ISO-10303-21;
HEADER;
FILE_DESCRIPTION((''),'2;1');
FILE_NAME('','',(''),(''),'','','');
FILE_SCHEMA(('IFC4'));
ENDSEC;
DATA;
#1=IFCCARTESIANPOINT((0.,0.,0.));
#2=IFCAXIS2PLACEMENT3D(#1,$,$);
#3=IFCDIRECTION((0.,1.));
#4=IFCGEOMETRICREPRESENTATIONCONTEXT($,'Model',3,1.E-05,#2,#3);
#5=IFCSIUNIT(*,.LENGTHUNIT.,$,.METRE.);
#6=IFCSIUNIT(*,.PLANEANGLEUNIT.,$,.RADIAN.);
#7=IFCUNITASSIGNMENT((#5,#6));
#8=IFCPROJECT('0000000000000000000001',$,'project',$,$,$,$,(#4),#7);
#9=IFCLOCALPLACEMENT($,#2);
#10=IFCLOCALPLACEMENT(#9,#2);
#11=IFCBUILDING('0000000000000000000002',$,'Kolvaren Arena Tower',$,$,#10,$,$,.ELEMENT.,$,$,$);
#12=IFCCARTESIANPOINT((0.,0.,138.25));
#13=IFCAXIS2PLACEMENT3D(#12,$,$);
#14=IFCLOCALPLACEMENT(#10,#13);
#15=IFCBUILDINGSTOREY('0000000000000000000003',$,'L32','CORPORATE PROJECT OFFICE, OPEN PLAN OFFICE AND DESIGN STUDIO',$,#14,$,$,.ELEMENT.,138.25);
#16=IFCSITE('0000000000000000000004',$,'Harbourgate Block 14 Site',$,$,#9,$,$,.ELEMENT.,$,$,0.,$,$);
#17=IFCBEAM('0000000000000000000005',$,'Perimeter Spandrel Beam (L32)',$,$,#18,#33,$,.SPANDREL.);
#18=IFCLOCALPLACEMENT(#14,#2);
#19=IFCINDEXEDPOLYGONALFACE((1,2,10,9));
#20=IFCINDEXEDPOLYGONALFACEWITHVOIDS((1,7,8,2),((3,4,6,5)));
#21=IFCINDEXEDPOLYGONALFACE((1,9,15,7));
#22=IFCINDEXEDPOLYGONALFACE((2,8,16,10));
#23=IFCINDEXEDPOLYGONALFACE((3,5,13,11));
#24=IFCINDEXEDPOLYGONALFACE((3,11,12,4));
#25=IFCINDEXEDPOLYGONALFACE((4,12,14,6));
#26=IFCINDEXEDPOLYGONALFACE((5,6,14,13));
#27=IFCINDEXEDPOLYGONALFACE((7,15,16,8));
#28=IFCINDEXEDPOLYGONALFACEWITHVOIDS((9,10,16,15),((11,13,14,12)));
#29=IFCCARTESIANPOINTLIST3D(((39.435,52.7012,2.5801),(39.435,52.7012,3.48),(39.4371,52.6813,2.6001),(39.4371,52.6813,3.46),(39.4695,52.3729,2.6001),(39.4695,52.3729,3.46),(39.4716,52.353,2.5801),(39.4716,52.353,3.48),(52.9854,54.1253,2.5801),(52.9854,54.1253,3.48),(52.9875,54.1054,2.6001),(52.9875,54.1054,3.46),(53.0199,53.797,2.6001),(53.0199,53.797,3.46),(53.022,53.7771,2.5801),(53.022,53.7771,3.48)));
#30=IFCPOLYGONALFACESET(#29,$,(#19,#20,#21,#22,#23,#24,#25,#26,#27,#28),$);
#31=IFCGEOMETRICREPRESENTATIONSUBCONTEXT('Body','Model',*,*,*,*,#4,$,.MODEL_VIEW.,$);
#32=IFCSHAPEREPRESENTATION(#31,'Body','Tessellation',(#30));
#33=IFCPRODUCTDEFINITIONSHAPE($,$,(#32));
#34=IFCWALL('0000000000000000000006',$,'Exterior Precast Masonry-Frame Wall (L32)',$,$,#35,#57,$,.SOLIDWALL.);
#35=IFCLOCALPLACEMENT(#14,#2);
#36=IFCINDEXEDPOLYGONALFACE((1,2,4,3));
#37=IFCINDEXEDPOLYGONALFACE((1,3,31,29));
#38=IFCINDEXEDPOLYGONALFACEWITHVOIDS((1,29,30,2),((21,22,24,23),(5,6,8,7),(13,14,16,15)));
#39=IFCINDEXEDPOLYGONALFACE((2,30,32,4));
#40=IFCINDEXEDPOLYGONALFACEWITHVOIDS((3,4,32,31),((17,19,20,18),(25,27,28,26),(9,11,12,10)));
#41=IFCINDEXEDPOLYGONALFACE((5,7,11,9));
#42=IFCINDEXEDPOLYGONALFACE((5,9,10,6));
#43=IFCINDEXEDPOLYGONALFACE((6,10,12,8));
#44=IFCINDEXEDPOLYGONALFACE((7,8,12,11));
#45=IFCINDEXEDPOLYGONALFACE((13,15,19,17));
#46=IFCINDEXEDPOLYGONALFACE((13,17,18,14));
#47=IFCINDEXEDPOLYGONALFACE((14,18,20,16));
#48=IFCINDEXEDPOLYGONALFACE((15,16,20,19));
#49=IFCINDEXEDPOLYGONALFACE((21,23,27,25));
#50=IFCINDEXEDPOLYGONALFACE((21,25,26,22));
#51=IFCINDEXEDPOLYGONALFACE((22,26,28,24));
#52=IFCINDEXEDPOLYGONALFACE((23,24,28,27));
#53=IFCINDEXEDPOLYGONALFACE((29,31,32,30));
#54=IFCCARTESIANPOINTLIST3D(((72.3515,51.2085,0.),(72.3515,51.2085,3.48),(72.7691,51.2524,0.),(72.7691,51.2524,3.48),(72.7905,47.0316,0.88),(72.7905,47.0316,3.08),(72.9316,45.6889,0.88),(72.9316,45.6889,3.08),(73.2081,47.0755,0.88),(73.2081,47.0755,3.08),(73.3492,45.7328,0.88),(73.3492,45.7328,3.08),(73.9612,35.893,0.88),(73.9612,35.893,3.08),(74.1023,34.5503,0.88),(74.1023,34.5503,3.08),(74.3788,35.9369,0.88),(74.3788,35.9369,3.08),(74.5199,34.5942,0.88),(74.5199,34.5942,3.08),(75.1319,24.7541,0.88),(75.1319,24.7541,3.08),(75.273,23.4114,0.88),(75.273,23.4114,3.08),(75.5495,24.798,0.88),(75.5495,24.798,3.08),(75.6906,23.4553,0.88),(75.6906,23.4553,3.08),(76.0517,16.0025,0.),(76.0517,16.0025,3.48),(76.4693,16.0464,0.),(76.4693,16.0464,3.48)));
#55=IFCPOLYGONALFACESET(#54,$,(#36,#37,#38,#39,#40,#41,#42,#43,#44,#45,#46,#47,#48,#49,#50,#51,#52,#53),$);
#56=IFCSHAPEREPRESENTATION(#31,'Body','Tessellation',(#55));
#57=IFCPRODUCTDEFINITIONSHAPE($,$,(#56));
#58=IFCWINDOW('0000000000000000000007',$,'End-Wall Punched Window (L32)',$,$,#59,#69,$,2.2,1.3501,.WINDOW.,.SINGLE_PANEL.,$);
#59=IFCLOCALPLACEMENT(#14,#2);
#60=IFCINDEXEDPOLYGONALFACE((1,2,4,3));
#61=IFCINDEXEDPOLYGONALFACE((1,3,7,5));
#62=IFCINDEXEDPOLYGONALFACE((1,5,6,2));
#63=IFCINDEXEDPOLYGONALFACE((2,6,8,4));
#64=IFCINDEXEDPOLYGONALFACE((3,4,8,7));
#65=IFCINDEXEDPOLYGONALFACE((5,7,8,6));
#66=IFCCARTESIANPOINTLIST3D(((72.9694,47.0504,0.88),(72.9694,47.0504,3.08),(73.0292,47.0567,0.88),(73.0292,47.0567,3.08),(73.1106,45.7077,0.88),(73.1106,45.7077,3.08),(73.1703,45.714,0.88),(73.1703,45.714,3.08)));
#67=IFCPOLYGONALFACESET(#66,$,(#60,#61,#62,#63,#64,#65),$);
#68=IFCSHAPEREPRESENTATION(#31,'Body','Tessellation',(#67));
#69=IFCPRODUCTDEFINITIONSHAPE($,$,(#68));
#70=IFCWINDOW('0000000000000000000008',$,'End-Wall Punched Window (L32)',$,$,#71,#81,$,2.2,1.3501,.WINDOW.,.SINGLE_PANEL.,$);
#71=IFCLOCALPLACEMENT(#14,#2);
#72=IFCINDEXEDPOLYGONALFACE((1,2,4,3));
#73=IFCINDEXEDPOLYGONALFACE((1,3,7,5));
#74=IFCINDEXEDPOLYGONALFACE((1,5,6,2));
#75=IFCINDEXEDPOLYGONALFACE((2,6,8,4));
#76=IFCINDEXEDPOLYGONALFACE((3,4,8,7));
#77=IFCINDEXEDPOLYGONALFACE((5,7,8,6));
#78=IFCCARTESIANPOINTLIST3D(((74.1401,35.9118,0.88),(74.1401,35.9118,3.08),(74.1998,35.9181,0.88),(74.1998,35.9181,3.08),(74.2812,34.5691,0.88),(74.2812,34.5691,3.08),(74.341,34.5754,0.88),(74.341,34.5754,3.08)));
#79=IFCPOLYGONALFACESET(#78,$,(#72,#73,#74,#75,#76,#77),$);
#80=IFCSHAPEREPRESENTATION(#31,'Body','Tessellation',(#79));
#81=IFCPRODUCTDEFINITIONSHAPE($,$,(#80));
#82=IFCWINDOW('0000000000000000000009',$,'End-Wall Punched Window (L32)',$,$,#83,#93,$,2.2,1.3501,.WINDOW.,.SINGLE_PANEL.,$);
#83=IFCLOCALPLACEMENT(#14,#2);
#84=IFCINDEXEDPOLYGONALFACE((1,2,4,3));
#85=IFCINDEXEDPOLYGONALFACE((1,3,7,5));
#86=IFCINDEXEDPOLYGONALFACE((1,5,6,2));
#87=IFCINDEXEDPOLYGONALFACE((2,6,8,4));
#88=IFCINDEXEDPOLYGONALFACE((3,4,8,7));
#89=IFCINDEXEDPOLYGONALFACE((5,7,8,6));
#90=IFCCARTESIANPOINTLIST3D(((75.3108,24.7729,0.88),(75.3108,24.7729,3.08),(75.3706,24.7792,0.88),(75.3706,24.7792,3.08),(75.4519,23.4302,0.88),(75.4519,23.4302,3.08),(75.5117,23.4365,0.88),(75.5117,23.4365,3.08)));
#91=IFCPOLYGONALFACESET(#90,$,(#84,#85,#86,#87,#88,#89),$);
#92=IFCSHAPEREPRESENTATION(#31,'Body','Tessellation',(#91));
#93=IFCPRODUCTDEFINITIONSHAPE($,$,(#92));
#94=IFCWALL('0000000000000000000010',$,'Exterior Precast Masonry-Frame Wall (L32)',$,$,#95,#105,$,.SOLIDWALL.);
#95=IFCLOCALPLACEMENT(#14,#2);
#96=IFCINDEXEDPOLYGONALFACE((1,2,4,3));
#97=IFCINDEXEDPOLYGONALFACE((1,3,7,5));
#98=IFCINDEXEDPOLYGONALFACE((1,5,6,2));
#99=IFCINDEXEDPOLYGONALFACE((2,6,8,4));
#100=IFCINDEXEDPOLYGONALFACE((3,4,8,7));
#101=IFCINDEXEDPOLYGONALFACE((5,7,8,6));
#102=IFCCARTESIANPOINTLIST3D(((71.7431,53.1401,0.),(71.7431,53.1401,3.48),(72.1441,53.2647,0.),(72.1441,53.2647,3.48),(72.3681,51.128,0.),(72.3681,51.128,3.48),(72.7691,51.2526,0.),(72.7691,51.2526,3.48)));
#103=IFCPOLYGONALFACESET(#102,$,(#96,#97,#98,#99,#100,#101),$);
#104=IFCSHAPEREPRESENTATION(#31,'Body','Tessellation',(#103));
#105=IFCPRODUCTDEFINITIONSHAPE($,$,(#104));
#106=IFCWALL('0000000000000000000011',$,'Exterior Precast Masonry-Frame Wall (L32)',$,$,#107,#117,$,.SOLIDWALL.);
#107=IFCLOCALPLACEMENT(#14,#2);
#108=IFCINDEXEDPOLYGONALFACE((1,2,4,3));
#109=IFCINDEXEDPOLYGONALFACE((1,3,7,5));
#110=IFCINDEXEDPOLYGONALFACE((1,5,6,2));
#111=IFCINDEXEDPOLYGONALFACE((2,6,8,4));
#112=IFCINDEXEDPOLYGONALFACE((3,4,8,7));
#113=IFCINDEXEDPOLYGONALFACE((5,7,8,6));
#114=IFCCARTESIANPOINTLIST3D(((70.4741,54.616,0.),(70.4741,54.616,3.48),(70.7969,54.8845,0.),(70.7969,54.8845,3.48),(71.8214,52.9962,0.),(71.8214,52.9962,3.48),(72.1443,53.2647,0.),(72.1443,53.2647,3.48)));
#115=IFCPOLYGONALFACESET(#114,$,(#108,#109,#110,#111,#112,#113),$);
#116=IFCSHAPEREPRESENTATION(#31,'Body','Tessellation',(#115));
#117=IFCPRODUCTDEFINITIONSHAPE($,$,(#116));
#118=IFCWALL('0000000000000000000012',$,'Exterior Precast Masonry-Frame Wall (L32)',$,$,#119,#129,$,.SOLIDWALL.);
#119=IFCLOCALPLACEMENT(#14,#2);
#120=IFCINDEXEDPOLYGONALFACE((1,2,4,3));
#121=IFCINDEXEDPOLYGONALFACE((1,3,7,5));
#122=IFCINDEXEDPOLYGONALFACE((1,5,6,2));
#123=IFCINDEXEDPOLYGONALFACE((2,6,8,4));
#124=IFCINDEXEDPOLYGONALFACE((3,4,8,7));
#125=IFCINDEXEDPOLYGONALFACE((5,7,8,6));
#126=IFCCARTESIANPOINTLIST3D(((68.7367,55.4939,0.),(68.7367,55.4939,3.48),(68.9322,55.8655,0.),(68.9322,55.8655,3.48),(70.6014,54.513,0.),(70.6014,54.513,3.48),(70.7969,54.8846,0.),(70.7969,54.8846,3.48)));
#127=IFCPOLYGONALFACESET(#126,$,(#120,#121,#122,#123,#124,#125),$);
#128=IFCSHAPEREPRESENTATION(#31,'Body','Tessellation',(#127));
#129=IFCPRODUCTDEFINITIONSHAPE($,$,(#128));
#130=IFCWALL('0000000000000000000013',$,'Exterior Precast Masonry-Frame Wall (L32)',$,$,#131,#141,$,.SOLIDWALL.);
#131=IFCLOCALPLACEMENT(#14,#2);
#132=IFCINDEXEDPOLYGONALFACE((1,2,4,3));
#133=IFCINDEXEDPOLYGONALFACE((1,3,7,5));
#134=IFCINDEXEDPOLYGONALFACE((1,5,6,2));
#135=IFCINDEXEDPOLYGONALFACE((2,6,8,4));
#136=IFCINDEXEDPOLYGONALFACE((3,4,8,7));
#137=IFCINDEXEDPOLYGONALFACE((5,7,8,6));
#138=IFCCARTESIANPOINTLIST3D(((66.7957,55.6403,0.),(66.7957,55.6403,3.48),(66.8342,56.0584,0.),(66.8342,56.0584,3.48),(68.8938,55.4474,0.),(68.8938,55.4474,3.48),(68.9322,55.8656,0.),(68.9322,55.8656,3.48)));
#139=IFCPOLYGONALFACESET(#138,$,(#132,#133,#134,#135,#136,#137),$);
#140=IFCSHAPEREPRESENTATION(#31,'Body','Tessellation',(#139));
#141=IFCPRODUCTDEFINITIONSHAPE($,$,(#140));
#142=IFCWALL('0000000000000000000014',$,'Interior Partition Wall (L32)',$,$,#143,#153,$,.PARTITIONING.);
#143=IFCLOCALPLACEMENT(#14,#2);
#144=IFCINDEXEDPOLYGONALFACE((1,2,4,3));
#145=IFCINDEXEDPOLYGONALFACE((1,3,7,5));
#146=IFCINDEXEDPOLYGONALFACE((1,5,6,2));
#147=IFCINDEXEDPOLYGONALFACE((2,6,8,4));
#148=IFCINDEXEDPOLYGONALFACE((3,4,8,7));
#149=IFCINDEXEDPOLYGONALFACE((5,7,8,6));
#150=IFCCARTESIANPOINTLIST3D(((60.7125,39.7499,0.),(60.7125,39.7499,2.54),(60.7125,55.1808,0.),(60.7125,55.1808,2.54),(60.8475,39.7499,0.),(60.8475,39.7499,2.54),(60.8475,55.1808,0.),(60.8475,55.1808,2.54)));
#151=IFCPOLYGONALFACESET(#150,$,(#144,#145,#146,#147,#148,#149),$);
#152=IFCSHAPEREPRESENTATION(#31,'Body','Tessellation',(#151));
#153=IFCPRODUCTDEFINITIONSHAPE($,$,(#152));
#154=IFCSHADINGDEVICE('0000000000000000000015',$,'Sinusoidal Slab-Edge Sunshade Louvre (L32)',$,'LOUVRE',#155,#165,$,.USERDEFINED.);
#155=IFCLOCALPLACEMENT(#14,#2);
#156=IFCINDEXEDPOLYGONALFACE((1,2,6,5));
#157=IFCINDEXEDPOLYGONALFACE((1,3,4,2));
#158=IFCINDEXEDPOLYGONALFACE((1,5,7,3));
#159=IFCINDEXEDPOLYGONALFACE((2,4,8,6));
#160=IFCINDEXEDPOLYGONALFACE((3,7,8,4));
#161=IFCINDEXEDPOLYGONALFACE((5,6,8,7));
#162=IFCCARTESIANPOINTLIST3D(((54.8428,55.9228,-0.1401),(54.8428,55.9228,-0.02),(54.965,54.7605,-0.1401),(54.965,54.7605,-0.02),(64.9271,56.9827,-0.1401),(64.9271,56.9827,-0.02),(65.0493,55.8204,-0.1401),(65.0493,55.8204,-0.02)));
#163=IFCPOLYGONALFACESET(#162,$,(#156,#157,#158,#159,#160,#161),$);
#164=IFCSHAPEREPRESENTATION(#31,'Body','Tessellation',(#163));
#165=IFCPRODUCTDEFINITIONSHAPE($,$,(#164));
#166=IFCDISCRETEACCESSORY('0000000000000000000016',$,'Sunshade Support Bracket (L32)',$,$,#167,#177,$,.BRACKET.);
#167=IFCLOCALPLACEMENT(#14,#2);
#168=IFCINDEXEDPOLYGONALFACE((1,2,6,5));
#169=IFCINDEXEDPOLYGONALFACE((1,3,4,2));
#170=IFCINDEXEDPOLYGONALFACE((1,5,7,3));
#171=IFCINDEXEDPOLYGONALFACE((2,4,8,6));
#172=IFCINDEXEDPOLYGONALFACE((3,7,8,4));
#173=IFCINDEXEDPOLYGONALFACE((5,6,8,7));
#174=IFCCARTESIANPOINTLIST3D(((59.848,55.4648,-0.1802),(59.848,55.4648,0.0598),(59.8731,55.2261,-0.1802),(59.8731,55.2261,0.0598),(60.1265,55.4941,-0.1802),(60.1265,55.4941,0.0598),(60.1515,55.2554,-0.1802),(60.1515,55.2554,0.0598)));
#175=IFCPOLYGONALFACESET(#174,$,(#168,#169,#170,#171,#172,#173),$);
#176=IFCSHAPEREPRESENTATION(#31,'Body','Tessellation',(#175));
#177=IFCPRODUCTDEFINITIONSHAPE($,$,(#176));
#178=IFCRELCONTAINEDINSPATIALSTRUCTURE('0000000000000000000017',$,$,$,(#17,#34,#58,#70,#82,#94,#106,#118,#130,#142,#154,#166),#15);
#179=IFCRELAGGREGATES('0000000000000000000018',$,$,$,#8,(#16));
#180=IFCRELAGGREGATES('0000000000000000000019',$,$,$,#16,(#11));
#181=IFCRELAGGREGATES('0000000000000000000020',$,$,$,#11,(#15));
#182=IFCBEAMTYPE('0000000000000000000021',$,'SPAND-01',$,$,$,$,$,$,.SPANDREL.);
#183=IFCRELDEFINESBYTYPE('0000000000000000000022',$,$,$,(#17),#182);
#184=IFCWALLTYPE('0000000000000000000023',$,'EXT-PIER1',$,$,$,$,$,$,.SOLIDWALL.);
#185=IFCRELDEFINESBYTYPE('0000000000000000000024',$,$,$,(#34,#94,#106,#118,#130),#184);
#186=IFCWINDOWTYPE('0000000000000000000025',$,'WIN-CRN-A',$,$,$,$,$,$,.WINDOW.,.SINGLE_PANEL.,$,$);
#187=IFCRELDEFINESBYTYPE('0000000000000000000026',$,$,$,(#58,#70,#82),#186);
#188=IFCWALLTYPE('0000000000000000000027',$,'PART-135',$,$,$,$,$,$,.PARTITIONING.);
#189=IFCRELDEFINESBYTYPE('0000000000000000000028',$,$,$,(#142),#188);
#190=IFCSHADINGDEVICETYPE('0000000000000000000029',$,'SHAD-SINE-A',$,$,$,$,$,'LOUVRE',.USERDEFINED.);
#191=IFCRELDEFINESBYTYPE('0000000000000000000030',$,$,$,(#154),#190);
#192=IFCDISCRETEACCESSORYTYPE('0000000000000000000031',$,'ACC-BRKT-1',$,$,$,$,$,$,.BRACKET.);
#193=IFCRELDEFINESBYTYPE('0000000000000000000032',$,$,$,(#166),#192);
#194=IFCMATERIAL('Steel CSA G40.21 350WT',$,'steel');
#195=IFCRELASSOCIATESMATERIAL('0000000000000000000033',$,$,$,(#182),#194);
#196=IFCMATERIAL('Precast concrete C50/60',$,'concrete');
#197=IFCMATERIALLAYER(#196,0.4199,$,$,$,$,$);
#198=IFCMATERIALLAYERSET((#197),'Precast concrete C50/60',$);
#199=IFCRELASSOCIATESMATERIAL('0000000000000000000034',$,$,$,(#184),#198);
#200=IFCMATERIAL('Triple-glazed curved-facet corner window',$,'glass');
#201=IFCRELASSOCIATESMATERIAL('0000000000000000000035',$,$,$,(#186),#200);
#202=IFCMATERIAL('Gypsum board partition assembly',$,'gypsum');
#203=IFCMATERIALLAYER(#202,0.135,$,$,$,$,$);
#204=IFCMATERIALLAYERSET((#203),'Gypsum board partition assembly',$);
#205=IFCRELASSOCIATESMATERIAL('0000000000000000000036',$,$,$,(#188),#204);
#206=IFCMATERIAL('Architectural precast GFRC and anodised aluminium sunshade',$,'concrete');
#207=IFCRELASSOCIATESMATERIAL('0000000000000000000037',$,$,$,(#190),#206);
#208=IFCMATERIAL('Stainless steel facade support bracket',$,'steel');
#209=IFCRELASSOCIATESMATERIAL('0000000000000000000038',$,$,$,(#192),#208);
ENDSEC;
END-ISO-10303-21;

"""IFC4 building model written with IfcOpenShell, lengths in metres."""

from ifc_helpers import new_model, si_unit, direction, frame, frame_2d, origin, origin_2d, place, context, subcontext, project, spatial, rectangle, hollow_rectangle, extrude, material, layer, layer_set, material_profile, profile_set, type_object, element, fill, save


model = new_model("IFC4")

# Units and contexts
model_context = context("Model", 3, precision=1e-05, world=origin(), true_north=direction((0.0, 1.0)))
body_context = subcontext(model_context, "Body", "Model", "MODEL_VIEW")
ifc_project = project(units=[si_unit("LENGTHUNIT", "METRE"), si_unit("PLANEANGLEUNIT", "RADIAN")], contexts=[model_context])

# Site, building, storey
site_placement = place(None, origin())
site = spatial("IfcSite", under=ifc_project, at=site_placement, Name="Harbourgate Block 14 Site", CompositionType="ELEMENT", RefElevation=0.0)
building_placement = place(site_placement, origin())
building = spatial("IfcBuilding", under=site, at=building_placement, Name="Kolvaren Arena Tower", CompositionType="ELEMENT")
storey_placement = place(building_placement, frame((0.0, 0.0, 138.25)))
storey = spatial("IfcBuildingStorey", under=building, at=storey_placement, Name="L32", Description="CORPORATE PROJECT OFFICE, OPEN PLAN OFFICE AND DESIGN STUDIO", CompositionType="ELEMENT", Elevation=138.25)

# Beam
ifc_material_1 = material(Name="Steel CSA G40.21 350WT", Category="steel")
ifc_material_profile_1 = material_profile(ifc_material_1, hollow_rectangle(XDim=0.3501, YDim=0.8999, WallThickness=0.02, at=origin_2d()), Name="HSS 900x350x20")
ifc_profile_set_1 = profile_set([ifc_material_profile_1], Name="Steel CSA G40.21 350WT")
beam_type_1 = type_object("IfcBeamType", Name="SPAND-01", PredefinedType="SPANDREL", material=ifc_profile_set_1)
beam_1_placement = place(storey_placement, frame((53.0037, 53.9512, 3.03), z_axis=(-0.994523, -0.10452, 0.0), x_axis=(0.10452, -0.994523, 0.0)))
element("IfcBeam", 1, at=beam_1_placement, inside=storey, type_object=beam_type_1, Name="Perimeter Spandrel Beam (L32)", PredefinedType="SPANDREL", context=body_context, shape_type="SweptSolid", body=[
    extrude(hollow_rectangle(XDim=0.3501, YDim=0.8999, WallThickness=0.02, at=origin_2d()), origin(), (0.0, 0.0, 1.0), 13.625),
])

# Wall, openings, windows
ifc_material_2 = material(Name="Precast concrete C50/60", Category="concrete")
ifc_layer_1 = layer(ifc_material_2, 0.4199)
ifc_layer_set_1 = layer_set([ifc_layer_1], Name="Precast concrete C50/60")
wall_type_1 = type_object("IfcWallType", Name="EXT-PIER1", PredefinedType="SOLIDWALL", material=ifc_layer_set_1)
wall_1_placement = place(storey_placement, frame((72.5603, 51.2305, 0.0), z_axis=(0.0, 0.0, 1.0), x_axis=(0.104525, -0.994522, 0.0)))
wall_1 = element("IfcWall", 2, at=wall_1_placement, inside=storey, type_object=wall_type_1, Name="Exterior Precast Masonry-Frame Wall (L32)", PredefinedType="SOLIDWALL", context=body_context, shape_type="SweptSolid", body=[
    extrude(rectangle(XDim=35.3999, YDim=0.4199, at=frame_2d((17.7, 0.0))), origin(), (0.0, 0.0, 1.0), 3.48),
])
opening_1_placement = place(wall_1_placement, frame((4.2, 0.0, 0.8799)))
opening_1 = element("IfcOpeningElement", 3, at=opening_1_placement, cuts=wall_1, PredefinedType="OPENING", context=body_context, shape_type="SweptSolid", body=[
    extrude(rectangle(XDim=1.3501, YDim=2.2, at=frame_2d((0.675, 1.1001))), frame((0.0, 0.22, 0.0), z_axis=(0.0, -1.0, 0.0), x_axis=(1.0, 0.0, 0.0)), (0.0, 0.0, 1.0), 0.4399),
])
opening_2_placement = place(wall_1_placement, frame((15.3999, 0.0, 0.8799)))
opening_2 = element("IfcOpeningElement", 4, at=opening_2_placement, cuts=wall_1, PredefinedType="OPENING", context=body_context, shape_type="SweptSolid", body=[
    extrude(rectangle(XDim=1.3501, YDim=2.2, at=frame_2d((0.675, 1.1001))), frame((0.0, 0.22, 0.0), z_axis=(0.0, -1.0, 0.0), x_axis=(1.0, 0.0, 0.0)), (0.0, 0.0, 1.0), 0.4399),
])
opening_3_placement = place(wall_1_placement, frame((26.6001, 0.0, 0.8799)))
opening_3 = element("IfcOpeningElement", 5, at=opening_3_placement, cuts=wall_1, PredefinedType="OPENING", context=body_context, shape_type="SweptSolid", body=[
    extrude(rectangle(XDim=1.3501, YDim=2.2, at=frame_2d((0.675, 1.1001))), frame((0.0, 0.22, 0.0), z_axis=(0.0, -1.0, 0.0), x_axis=(1.0, 0.0, 0.0)), (0.0, 0.0, 1.0), 0.4399),
])
ifc_material_3 = material(Name="Triple-glazed curved-facet corner window", Category="glass")
window_type = type_object("IfcWindowType", Name="WIN-CRN-A", PartitioningType="SINGLE_PANEL", PredefinedType="WINDOW", material=ifc_material_3)
window_1_placement = place(opening_1_placement, origin())
window_1 = element("IfcWindow", 6, at=window_1_placement, inside=storey, type_object=window_type, Name="End-Wall Punched Window (L32)", OverallHeight=2.2, OverallWidth=1.3501, PartitioningType="SINGLE_PANEL", PredefinedType="WINDOW", context=body_context, shape_type="SweptSolid", body=[
    extrude(rectangle(XDim=1.3501, YDim=2.2, at=frame_2d((0.675, 1.1001))), frame((0.0, 0.03, 0.0), z_axis=(0.0, -1.0, 0.0), x_axis=(1.0, 0.0, 0.0)), (0.0, 0.0, 1.0), 0.0601),
])
fill(opening_1, window_1)
window_2_placement = place(opening_2_placement, origin())
window_2 = element("IfcWindow", 7, at=window_2_placement, inside=storey, type_object=window_type, Name="End-Wall Punched Window (L32)", OverallHeight=2.2, OverallWidth=1.3501, PartitioningType="SINGLE_PANEL", PredefinedType="WINDOW", context=body_context, shape_type="SweptSolid", body=[
    extrude(rectangle(XDim=1.3501, YDim=2.2, at=frame_2d((0.675, 1.1001))), frame((0.0, 0.03, 0.0), z_axis=(0.0, -1.0, 0.0), x_axis=(1.0, 0.0, 0.0)), (0.0, 0.0, 1.0), 0.0601),
])
fill(opening_2, window_2)
window_3_placement = place(opening_3_placement, origin())
window_3 = element("IfcWindow", 8, at=window_3_placement, inside=storey, type_object=window_type, Name="End-Wall Punched Window (L32)", OverallHeight=2.2, OverallWidth=1.3501, PartitioningType="SINGLE_PANEL", PredefinedType="WINDOW", context=body_context, shape_type="SweptSolid", body=[
    extrude(rectangle(XDim=1.3501, YDim=2.2, at=frame_2d((0.675, 1.1001))), frame((0.0, 0.03, 0.0), z_axis=(0.0, -1.0, 0.0), x_axis=(1.0, 0.0, 0.0)), (0.0, 0.0, 1.0), 0.0601),
])
fill(opening_3, window_3)

# Walls
for number, where, z_axis, x_axis, name in (
    (9, (71.9436, 53.2024, 0.0), (0.0, 0.0, 1.0), (0.296625, -0.954994, 0.0), "Exterior Precast Masonry-Frame Wall (L32)"),
    (10, (70.6355, 54.7502, 0.0), (0.0, 0.0, 1.0), (0.639489, -0.7688, 0.0), "Exterior Precast Masonry-Frame Wall (L32)"),
    (11, (68.8345, 55.6797, 0.0), (0.0, 0.0, 1.0), (0.885014, -0.465565, 0.0), "Exterior Precast Masonry-Frame Wall (L32)"),
    (12, (66.8149, 55.8494, 0.0), (0.0, 0.0, 1.0), (0.995802, -0.091539, 0.0), "Exterior Precast Masonry-Frame Wall (L32)"),
):
    element("IfcWall", number, at=place(storey_placement, frame(where, z_axis=z_axis, x_axis=x_axis)), inside=storey, type_object=wall_type_1, Name=name, PredefinedType="SOLIDWALL", context=body_context, shape_type="SweptSolid", body=[
        extrude(rectangle(XDim=2.1069, YDim=0.4199, at=frame_2d((1.0535, 0.0))), origin(), (0.0, 0.0, 1.0), 3.48),
    ])
ifc_material_4 = material(Name="Gypsum board partition assembly", Category="gypsum")
ifc_layer_2 = layer(ifc_material_4, 0.135)
ifc_layer_set_2 = layer_set([ifc_layer_2], Name="Gypsum board partition assembly")
wall_type_2 = type_object("IfcWallType", Name="PART-135", PredefinedType="PARTITIONING", material=ifc_layer_set_2)
wall_2_placement = place(storey_placement, frame((60.78, 39.75, 0.0), z_axis=(0.0, 0.0, 1.0), x_axis=(0.0, 1.0, 0.0)))
element("IfcWall", 13, at=wall_2_placement, inside=storey, type_object=wall_type_2, Name="Interior Partition Wall (L32)", PredefinedType="PARTITIONING", context=body_context, shape_type="SweptSolid", body=[
    extrude(rectangle(XDim=15.4309, YDim=0.135, at=frame_2d((7.7153, 0.0))), origin(), (0.0, 0.0, 1.0), 2.54),
])

# Shading device
ifc_material_5 = material(Name="Architectural precast GFRC and anodised aluminium sunshade", Category="concrete")
shading_device_type = type_object("IfcShadingDeviceType", Name="SHAD-SINE-A", ElementType="LOUVRE", PredefinedType="USERDEFINED", material=ifc_material_5)
shading_device_placement = place(storey_placement, frame((59.946, 55.8716, -0.1401), z_axis=(0.0, 0.0, 1.0), x_axis=(0.994522, 0.104527, 0.0)))
element("IfcShadingDevice", 14, at=shading_device_placement, inside=storey, type_object=shading_device_type, Name="Sinusoidal Slab-Edge Sunshade Louvre (L32)", ObjectType="LOUVRE", PredefinedType="USERDEFINED", context=body_context, shape_type="SweptSolid", body=[
    extrude(rectangle(XDim=10.1399, YDim=1.1687, at=origin_2d()), origin(), (0.0, 0.0, 1.0), 0.1201),
])

# Discrete accessory
ifc_material_6 = material(Name="Stainless steel facade support bracket", Category="steel")
discrete_accessory_type = type_object("IfcDiscreteAccessoryType", Name="ACC-BRKT-1", PredefinedType="BRACKET", material=ifc_material_6)
discrete_accessory_placement = place(storey_placement, frame((59.9998, 55.3601, -0.1802), z_axis=(0.0, 0.0, 1.0), x_axis=(0.994522, 0.104527, 0.0)))
element("IfcDiscreteAccessory", 15, at=discrete_accessory_placement, inside=storey, type_object=discrete_accessory_type, Name="Sunshade Support Bracket (L32)", PredefinedType="BRACKET", context=body_context, shape_type="SweptSolid", body=[
    extrude(rectangle(XDim=0.28, YDim=0.24, at=origin_2d()), origin(), (0.0, 0.0, 1.0), 0.24),
])

save(model, "model.ifc")
